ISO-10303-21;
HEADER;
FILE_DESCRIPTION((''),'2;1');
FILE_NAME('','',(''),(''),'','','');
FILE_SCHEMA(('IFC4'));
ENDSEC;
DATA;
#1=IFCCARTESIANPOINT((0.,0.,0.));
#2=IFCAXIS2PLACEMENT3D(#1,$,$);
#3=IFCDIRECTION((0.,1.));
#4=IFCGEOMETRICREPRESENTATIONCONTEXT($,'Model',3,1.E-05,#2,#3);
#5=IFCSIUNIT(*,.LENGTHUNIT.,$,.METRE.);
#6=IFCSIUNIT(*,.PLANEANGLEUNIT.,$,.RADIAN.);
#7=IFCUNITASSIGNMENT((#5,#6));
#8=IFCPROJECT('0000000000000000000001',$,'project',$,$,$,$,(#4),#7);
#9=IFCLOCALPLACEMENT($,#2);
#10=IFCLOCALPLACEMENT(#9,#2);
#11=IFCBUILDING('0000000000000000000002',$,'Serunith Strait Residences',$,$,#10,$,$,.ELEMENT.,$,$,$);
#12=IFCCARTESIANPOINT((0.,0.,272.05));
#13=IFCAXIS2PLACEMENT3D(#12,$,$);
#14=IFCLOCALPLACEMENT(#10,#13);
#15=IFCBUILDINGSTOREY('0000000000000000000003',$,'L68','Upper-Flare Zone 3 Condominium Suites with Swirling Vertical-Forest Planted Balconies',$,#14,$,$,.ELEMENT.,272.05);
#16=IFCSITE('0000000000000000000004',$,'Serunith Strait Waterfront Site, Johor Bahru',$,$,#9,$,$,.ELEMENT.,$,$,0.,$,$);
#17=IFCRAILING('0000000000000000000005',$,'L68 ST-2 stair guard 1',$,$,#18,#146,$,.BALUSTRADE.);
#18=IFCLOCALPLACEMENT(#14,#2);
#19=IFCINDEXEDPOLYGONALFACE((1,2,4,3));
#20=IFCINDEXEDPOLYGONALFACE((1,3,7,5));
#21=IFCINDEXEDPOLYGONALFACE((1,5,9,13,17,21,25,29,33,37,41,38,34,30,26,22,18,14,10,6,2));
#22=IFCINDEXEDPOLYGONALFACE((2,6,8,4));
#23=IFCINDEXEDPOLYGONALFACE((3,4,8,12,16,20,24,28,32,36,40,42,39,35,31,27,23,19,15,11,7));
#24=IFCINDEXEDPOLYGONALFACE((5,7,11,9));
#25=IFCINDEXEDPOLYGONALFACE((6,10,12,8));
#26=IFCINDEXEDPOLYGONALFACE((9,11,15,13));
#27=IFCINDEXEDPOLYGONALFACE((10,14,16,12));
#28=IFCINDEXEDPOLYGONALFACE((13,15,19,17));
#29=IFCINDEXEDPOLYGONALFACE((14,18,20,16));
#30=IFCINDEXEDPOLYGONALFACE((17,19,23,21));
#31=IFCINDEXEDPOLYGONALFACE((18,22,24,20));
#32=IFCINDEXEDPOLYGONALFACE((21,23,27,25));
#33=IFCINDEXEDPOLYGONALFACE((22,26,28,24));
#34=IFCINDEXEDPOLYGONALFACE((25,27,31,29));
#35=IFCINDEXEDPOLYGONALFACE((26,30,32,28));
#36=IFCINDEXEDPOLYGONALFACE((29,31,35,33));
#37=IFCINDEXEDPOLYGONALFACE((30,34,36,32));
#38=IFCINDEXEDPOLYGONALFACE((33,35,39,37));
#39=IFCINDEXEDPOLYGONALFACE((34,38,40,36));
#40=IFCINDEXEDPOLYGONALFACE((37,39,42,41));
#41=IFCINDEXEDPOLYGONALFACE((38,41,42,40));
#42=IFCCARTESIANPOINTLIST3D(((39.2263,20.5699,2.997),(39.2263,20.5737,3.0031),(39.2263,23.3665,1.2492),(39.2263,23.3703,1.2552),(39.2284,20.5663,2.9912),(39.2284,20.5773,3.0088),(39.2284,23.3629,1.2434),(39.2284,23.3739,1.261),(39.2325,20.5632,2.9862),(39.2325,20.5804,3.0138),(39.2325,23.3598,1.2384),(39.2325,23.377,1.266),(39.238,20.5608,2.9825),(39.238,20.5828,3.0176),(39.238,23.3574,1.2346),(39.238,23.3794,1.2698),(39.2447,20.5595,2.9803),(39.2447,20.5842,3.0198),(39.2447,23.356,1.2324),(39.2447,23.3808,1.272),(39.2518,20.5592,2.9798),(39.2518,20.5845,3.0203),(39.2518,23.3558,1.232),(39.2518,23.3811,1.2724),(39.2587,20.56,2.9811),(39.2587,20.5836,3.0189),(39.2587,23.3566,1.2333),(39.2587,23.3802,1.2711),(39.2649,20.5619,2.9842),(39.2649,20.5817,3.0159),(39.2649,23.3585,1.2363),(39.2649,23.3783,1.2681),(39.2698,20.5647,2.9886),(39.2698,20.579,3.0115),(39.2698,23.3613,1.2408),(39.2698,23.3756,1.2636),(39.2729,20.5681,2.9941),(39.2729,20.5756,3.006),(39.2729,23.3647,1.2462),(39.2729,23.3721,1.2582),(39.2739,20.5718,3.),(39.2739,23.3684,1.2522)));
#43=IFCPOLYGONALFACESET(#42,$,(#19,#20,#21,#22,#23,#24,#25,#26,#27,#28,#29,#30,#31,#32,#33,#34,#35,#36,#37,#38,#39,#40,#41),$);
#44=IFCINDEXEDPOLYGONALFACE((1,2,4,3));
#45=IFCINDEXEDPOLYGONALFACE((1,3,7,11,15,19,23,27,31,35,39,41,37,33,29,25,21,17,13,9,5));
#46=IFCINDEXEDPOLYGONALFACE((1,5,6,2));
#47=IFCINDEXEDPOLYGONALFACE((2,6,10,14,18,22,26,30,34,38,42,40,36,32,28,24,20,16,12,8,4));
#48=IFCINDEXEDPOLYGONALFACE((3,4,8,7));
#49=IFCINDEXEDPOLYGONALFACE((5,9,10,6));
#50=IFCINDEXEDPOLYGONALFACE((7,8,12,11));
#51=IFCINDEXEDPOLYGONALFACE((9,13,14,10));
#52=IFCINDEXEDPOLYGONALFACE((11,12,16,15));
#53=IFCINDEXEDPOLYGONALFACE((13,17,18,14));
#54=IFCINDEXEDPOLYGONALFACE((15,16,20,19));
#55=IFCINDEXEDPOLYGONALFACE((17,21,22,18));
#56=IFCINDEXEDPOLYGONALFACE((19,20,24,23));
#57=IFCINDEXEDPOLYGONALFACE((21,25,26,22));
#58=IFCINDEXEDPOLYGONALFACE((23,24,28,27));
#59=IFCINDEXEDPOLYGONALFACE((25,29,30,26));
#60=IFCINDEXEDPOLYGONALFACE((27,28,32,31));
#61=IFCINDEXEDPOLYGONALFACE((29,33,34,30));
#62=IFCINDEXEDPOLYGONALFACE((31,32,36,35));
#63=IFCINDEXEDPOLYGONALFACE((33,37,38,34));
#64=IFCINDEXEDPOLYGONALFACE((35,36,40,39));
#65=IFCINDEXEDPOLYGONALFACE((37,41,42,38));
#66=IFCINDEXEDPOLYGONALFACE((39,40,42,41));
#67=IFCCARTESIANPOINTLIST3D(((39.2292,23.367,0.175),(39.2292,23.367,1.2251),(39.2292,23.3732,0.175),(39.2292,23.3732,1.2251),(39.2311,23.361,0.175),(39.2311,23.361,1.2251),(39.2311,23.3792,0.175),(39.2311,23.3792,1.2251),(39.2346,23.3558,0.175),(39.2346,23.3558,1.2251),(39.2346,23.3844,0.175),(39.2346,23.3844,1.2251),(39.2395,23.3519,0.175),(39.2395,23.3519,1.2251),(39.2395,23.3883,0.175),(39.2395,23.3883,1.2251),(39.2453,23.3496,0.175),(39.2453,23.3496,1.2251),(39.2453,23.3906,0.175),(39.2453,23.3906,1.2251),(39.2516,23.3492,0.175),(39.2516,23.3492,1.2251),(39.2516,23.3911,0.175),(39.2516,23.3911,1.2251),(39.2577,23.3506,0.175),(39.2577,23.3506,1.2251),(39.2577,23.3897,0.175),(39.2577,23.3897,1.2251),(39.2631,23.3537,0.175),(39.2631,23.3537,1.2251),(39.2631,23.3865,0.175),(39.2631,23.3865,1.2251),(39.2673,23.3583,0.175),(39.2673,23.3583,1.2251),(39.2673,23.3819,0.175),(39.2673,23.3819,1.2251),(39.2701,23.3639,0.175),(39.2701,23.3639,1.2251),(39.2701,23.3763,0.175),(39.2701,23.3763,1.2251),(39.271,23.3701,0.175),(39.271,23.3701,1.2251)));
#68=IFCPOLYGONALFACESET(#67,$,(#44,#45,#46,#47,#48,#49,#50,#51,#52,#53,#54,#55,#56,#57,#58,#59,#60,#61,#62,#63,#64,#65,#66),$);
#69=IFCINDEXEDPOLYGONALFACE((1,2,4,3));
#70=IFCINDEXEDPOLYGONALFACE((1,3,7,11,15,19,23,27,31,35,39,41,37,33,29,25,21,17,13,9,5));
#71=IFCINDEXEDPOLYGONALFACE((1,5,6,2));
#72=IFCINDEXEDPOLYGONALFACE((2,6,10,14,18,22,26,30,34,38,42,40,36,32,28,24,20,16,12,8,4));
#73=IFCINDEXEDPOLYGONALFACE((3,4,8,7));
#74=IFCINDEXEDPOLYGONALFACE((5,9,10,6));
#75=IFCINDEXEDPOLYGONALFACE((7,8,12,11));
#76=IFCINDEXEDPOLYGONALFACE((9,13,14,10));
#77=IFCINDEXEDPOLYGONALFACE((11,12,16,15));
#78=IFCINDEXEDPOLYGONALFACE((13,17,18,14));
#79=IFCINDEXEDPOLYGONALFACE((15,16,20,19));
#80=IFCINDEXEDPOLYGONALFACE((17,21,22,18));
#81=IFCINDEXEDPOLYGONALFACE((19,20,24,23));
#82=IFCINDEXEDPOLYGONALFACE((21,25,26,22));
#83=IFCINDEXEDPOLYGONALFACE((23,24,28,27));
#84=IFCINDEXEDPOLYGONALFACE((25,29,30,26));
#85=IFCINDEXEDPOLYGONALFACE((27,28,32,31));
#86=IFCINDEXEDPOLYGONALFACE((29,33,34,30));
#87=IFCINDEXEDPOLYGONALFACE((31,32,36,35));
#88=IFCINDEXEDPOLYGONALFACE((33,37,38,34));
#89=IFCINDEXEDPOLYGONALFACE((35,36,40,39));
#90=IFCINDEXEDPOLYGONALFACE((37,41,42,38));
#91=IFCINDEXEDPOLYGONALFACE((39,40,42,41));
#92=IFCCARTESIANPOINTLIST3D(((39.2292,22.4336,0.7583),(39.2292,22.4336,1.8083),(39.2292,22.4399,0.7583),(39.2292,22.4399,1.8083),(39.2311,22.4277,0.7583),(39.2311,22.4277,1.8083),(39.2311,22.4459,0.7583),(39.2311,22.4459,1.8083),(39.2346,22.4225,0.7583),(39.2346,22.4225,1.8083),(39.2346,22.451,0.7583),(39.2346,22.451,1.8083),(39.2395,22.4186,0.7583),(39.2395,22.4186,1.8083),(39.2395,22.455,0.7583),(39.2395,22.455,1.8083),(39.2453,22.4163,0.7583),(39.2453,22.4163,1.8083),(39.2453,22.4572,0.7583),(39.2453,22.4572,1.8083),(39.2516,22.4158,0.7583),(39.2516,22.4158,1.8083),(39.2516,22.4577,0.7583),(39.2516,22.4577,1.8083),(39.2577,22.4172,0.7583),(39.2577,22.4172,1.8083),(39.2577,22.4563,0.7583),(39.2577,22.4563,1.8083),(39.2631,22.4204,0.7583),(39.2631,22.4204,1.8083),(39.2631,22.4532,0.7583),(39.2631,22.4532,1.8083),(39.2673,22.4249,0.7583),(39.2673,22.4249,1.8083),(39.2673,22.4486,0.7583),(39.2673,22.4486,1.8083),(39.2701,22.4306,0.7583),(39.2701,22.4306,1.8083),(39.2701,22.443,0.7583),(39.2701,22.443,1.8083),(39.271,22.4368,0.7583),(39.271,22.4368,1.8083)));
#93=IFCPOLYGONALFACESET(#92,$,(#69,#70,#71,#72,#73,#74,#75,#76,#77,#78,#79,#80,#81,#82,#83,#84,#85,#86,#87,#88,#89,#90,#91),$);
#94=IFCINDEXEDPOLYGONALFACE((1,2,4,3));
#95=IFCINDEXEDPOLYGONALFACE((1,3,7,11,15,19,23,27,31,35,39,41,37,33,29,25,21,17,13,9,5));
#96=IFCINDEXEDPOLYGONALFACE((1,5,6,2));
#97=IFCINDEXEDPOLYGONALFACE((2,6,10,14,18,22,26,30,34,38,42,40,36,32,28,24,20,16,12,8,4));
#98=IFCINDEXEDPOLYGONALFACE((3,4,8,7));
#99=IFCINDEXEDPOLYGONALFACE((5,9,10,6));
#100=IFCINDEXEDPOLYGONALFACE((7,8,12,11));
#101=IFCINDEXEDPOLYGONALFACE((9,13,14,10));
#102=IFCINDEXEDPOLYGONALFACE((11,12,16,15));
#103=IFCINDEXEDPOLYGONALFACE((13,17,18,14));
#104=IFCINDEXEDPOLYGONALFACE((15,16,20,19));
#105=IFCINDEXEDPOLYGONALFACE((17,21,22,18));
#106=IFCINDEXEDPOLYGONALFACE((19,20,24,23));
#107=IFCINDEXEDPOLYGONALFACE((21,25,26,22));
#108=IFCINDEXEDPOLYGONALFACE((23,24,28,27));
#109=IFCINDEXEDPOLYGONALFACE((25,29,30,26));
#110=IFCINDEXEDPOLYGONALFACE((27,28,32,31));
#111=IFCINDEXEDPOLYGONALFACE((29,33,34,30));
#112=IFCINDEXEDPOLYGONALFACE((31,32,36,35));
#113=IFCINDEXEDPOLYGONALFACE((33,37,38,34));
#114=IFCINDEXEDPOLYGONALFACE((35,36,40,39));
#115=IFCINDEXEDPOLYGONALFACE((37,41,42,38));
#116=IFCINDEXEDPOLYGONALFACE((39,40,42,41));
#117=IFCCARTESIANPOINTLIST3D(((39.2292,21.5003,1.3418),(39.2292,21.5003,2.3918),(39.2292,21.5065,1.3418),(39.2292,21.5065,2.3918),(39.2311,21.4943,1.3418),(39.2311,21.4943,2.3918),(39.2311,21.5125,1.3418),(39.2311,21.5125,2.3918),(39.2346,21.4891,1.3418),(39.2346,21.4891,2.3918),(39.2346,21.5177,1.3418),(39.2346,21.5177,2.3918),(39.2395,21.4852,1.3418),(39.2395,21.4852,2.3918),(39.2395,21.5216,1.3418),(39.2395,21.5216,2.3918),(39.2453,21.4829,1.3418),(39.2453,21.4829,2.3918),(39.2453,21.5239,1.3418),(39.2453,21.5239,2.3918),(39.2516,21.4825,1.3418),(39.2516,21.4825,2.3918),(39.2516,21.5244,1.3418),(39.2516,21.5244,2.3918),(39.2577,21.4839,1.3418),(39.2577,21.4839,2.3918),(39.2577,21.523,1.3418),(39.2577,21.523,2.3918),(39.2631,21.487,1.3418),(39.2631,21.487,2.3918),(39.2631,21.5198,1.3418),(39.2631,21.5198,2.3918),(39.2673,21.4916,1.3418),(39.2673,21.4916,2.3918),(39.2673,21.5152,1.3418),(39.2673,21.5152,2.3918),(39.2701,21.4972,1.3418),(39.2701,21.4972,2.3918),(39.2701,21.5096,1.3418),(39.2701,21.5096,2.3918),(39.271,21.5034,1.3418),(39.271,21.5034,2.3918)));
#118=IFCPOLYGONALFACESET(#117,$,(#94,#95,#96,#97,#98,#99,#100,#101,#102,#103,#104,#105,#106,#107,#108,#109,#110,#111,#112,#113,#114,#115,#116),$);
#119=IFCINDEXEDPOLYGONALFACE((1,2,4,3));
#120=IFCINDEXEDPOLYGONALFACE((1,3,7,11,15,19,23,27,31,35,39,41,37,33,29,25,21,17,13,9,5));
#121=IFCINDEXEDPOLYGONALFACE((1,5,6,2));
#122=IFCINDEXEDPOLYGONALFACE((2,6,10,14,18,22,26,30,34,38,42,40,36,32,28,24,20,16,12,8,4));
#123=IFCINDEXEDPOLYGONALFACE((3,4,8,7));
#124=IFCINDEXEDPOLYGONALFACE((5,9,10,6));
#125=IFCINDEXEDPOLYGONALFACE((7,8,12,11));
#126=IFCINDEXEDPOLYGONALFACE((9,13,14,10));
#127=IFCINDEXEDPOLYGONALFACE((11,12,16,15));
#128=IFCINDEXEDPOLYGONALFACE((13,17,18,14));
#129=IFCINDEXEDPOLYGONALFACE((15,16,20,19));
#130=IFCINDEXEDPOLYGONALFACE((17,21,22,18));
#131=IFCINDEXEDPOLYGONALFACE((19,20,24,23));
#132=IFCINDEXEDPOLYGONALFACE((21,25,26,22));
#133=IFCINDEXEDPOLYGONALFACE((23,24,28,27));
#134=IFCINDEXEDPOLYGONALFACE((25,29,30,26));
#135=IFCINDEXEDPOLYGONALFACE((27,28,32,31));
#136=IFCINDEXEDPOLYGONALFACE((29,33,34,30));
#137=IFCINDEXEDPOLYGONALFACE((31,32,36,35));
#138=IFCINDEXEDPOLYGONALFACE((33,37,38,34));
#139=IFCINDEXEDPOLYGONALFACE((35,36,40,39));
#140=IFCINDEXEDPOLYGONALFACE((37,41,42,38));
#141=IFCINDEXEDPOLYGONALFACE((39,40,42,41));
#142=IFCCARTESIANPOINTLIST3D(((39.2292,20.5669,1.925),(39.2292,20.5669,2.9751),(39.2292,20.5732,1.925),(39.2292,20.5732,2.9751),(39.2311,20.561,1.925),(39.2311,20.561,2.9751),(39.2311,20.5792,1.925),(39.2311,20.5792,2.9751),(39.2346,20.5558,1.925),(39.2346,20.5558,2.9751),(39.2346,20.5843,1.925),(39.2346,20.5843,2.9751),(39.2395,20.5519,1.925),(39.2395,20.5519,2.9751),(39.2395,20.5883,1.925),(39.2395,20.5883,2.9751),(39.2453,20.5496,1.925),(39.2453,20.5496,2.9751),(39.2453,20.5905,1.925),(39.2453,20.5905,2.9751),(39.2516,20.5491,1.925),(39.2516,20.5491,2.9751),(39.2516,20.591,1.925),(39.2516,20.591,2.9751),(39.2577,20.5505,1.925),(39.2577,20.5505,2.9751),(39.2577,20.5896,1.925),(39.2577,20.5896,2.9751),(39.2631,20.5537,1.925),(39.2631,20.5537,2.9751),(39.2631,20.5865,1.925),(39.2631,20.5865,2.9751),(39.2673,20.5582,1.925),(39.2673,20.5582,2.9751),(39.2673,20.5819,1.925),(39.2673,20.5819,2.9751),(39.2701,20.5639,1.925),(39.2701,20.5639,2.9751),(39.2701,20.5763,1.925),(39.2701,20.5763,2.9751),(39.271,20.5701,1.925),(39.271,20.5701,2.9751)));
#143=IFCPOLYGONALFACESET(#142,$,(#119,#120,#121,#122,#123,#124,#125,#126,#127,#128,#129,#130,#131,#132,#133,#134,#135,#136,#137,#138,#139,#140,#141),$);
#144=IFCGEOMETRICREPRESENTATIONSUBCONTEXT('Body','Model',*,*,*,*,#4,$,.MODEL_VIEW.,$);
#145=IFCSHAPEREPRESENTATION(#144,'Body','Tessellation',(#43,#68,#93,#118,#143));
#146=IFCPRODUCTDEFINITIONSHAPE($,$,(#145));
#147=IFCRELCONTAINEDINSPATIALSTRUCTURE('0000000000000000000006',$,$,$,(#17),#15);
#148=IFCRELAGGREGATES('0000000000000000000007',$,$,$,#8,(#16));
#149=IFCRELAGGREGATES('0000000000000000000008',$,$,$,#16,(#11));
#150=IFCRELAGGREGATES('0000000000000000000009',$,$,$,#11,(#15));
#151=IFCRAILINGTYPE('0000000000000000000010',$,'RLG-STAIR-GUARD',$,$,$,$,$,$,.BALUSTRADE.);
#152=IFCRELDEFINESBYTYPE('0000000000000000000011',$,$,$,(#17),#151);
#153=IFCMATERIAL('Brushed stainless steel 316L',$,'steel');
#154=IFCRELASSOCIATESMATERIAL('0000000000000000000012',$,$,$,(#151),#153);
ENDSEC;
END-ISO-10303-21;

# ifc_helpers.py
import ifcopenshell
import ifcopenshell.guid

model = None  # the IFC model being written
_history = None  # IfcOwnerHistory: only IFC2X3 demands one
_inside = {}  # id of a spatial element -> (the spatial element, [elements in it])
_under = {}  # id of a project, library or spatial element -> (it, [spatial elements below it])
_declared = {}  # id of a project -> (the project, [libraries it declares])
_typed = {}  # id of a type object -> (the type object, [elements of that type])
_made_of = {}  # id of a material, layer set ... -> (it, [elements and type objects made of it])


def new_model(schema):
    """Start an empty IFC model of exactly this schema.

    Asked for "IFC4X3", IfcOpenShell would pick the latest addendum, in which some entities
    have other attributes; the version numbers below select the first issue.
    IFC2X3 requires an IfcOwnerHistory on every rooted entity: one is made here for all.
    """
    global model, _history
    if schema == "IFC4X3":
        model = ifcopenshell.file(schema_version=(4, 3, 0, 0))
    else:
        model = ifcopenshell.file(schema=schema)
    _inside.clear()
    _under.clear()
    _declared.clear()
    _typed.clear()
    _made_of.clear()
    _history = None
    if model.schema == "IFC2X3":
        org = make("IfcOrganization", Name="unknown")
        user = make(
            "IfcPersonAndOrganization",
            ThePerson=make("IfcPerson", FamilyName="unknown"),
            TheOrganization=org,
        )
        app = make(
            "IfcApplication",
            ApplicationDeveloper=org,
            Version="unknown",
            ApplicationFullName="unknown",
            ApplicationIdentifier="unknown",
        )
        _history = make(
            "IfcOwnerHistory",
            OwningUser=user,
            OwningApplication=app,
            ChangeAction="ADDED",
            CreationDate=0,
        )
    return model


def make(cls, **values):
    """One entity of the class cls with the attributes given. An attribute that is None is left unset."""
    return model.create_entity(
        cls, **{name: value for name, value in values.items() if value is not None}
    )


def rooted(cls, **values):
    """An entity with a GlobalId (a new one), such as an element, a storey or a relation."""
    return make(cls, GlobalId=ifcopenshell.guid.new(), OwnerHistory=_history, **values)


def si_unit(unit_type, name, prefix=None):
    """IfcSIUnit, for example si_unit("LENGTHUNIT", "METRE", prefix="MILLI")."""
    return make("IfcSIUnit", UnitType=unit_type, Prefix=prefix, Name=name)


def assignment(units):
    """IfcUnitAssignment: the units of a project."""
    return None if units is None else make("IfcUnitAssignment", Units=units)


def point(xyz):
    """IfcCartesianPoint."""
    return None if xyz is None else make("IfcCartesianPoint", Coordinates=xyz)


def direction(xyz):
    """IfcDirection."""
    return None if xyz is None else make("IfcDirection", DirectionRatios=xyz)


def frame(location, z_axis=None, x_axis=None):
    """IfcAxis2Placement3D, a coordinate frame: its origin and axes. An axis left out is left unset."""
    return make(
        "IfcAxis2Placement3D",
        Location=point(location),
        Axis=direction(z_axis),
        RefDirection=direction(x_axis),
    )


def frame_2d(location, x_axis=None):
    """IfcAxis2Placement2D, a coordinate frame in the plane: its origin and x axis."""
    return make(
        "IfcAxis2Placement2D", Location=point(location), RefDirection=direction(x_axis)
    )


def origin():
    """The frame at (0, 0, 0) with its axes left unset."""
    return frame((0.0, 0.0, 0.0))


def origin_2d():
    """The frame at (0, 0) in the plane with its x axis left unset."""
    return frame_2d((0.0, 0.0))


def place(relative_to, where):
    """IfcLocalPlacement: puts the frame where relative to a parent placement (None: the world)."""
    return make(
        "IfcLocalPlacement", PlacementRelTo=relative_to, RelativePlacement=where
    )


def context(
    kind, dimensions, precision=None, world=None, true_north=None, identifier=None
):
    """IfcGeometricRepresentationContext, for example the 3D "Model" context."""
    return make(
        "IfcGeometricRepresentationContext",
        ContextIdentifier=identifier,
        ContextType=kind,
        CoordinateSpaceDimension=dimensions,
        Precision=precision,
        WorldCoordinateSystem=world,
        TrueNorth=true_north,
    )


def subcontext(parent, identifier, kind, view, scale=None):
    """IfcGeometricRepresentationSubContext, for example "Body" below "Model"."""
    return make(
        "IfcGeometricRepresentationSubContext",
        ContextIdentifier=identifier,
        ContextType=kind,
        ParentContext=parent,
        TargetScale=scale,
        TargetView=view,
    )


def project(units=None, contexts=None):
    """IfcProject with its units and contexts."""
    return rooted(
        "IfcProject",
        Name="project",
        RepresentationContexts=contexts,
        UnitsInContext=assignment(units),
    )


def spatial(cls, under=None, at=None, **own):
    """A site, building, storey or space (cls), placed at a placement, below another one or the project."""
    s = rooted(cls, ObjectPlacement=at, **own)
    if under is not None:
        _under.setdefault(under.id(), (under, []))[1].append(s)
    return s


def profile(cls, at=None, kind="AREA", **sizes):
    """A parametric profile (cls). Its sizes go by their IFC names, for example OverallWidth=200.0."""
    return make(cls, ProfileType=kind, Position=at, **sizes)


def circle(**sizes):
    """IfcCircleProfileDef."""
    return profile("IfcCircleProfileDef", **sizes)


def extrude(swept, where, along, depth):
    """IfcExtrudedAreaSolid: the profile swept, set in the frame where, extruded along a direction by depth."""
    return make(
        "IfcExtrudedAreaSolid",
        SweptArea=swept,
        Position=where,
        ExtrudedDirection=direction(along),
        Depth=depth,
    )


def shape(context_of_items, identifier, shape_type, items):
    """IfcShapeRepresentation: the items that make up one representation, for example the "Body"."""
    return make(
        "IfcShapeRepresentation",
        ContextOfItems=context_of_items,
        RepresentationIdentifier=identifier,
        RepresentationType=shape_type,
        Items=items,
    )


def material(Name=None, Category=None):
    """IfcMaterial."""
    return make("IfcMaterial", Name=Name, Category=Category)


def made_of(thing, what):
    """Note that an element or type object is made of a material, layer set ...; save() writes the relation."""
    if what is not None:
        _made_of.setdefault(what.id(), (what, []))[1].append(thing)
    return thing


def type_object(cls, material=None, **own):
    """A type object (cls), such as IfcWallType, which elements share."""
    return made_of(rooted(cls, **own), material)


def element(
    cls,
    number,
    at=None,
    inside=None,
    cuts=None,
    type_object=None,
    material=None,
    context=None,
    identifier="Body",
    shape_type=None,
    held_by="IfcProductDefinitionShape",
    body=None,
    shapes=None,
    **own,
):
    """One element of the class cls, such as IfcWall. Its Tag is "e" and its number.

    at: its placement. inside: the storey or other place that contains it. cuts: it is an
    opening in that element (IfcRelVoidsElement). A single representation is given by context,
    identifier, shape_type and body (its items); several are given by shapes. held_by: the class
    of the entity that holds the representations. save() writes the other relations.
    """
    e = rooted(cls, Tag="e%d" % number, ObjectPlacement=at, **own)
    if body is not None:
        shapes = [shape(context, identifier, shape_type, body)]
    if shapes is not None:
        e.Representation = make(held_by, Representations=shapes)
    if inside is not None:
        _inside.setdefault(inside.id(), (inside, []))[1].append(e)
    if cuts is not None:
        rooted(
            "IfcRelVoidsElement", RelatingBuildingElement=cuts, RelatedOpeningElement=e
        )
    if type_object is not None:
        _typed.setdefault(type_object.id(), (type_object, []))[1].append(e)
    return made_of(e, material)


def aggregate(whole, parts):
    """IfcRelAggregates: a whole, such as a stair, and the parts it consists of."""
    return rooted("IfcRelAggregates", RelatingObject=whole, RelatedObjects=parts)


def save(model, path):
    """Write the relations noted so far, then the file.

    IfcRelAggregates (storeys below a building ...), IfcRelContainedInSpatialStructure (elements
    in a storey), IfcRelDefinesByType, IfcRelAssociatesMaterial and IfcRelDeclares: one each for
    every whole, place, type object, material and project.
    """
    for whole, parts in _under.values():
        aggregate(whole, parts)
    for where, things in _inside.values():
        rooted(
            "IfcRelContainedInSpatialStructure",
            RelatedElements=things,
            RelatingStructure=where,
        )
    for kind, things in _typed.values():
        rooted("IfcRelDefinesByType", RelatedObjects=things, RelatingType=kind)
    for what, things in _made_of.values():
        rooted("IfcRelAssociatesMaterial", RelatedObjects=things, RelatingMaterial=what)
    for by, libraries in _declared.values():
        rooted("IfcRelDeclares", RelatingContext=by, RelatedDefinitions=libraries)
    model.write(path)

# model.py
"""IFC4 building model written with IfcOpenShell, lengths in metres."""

from ifc_helpers import new_model, si_unit, direction, frame, origin, origin_2d, place, context, subcontext, project, spatial, circle, extrude, material, type_object, element, save


model = new_model("IFC4")

# Units and contexts
model_context = context("Model", 3, precision=1e-05, world=origin(), true_north=direction((0.0, 1.0)))
body_context = subcontext(model_context, "Body", "Model", "MODEL_VIEW")
ifc_project = project(units=[si_unit("LENGTHUNIT", "METRE"), si_unit("PLANEANGLEUNIT", "RADIAN")], contexts=[model_context])

# Site, building, storey
site_placement = place(None, origin())
site = spatial("IfcSite", under=ifc_project, at=site_placement, Name="Serunith Strait Waterfront Site, Johor Bahru", CompositionType="ELEMENT", RefElevation=0.0)
building_placement = place(site_placement, origin())
building = spatial("IfcBuilding", under=site, at=building_placement, Name="Serunith Strait Residences", CompositionType="ELEMENT")
storey_placement = place(building_placement, frame((0.0, 0.0, 272.05)))
storey = spatial("IfcBuildingStorey", under=building, at=storey_placement, Name="L68", Description="Upper-Flare Zone 3 Condominium Suites with Swirling Vertical-Forest Planted Balconies", CompositionType="ELEMENT", Elevation=272.05)

# Railing
ifc_material_1 = material(Name="Brushed stainless steel 316L", Category="steel")
railing_type_1 = type_object("IfcRailingType", Name="RLG-STAIR-GUARD", PredefinedType="BALUSTRADE", material=ifc_material_1)
railing_1_placement = place(storey_placement, frame((39.25, 23.3701, 0.175)))
element("IfcRailing", 1, at=railing_1_placement, inside=storey, type_object=railing_type_1, Name="L68 ST-2 stair guard 1", PredefinedType="BALUSTRADE", context=body_context, shape_type="SweptSolid", body=[
    extrude(circle(Radius=0.0239, at=origin_2d()), frame((0.0, -0.0017, 1.0771), z_axis=(0.0, -0.848002, 0.529992), x_axis=(1.0, 0.0, 0.0)), (0.0, 0.0, 1.0), 3.2979),
    extrude(circle(Radius=0.021, at=origin_2d()), origin(), (0.0, 0.0, 1.0), 1.05),
    extrude(circle(Radius=0.021, at=origin_2d()), frame((0.0, -0.9333, 0.5833)), (0.0, 0.0, 1.0), 1.05),
    extrude(circle(Radius=0.021, at=origin_2d()), frame((0.0, -1.8667, 1.1667)), (0.0, 0.0, 1.0), 1.05),
    extrude(circle(Radius=0.021, at=origin_2d()), frame((0.0, -2.8, 1.75)), (0.0, 0.0, 1.0), 1.05),
])

save(model, "model.ifc")
